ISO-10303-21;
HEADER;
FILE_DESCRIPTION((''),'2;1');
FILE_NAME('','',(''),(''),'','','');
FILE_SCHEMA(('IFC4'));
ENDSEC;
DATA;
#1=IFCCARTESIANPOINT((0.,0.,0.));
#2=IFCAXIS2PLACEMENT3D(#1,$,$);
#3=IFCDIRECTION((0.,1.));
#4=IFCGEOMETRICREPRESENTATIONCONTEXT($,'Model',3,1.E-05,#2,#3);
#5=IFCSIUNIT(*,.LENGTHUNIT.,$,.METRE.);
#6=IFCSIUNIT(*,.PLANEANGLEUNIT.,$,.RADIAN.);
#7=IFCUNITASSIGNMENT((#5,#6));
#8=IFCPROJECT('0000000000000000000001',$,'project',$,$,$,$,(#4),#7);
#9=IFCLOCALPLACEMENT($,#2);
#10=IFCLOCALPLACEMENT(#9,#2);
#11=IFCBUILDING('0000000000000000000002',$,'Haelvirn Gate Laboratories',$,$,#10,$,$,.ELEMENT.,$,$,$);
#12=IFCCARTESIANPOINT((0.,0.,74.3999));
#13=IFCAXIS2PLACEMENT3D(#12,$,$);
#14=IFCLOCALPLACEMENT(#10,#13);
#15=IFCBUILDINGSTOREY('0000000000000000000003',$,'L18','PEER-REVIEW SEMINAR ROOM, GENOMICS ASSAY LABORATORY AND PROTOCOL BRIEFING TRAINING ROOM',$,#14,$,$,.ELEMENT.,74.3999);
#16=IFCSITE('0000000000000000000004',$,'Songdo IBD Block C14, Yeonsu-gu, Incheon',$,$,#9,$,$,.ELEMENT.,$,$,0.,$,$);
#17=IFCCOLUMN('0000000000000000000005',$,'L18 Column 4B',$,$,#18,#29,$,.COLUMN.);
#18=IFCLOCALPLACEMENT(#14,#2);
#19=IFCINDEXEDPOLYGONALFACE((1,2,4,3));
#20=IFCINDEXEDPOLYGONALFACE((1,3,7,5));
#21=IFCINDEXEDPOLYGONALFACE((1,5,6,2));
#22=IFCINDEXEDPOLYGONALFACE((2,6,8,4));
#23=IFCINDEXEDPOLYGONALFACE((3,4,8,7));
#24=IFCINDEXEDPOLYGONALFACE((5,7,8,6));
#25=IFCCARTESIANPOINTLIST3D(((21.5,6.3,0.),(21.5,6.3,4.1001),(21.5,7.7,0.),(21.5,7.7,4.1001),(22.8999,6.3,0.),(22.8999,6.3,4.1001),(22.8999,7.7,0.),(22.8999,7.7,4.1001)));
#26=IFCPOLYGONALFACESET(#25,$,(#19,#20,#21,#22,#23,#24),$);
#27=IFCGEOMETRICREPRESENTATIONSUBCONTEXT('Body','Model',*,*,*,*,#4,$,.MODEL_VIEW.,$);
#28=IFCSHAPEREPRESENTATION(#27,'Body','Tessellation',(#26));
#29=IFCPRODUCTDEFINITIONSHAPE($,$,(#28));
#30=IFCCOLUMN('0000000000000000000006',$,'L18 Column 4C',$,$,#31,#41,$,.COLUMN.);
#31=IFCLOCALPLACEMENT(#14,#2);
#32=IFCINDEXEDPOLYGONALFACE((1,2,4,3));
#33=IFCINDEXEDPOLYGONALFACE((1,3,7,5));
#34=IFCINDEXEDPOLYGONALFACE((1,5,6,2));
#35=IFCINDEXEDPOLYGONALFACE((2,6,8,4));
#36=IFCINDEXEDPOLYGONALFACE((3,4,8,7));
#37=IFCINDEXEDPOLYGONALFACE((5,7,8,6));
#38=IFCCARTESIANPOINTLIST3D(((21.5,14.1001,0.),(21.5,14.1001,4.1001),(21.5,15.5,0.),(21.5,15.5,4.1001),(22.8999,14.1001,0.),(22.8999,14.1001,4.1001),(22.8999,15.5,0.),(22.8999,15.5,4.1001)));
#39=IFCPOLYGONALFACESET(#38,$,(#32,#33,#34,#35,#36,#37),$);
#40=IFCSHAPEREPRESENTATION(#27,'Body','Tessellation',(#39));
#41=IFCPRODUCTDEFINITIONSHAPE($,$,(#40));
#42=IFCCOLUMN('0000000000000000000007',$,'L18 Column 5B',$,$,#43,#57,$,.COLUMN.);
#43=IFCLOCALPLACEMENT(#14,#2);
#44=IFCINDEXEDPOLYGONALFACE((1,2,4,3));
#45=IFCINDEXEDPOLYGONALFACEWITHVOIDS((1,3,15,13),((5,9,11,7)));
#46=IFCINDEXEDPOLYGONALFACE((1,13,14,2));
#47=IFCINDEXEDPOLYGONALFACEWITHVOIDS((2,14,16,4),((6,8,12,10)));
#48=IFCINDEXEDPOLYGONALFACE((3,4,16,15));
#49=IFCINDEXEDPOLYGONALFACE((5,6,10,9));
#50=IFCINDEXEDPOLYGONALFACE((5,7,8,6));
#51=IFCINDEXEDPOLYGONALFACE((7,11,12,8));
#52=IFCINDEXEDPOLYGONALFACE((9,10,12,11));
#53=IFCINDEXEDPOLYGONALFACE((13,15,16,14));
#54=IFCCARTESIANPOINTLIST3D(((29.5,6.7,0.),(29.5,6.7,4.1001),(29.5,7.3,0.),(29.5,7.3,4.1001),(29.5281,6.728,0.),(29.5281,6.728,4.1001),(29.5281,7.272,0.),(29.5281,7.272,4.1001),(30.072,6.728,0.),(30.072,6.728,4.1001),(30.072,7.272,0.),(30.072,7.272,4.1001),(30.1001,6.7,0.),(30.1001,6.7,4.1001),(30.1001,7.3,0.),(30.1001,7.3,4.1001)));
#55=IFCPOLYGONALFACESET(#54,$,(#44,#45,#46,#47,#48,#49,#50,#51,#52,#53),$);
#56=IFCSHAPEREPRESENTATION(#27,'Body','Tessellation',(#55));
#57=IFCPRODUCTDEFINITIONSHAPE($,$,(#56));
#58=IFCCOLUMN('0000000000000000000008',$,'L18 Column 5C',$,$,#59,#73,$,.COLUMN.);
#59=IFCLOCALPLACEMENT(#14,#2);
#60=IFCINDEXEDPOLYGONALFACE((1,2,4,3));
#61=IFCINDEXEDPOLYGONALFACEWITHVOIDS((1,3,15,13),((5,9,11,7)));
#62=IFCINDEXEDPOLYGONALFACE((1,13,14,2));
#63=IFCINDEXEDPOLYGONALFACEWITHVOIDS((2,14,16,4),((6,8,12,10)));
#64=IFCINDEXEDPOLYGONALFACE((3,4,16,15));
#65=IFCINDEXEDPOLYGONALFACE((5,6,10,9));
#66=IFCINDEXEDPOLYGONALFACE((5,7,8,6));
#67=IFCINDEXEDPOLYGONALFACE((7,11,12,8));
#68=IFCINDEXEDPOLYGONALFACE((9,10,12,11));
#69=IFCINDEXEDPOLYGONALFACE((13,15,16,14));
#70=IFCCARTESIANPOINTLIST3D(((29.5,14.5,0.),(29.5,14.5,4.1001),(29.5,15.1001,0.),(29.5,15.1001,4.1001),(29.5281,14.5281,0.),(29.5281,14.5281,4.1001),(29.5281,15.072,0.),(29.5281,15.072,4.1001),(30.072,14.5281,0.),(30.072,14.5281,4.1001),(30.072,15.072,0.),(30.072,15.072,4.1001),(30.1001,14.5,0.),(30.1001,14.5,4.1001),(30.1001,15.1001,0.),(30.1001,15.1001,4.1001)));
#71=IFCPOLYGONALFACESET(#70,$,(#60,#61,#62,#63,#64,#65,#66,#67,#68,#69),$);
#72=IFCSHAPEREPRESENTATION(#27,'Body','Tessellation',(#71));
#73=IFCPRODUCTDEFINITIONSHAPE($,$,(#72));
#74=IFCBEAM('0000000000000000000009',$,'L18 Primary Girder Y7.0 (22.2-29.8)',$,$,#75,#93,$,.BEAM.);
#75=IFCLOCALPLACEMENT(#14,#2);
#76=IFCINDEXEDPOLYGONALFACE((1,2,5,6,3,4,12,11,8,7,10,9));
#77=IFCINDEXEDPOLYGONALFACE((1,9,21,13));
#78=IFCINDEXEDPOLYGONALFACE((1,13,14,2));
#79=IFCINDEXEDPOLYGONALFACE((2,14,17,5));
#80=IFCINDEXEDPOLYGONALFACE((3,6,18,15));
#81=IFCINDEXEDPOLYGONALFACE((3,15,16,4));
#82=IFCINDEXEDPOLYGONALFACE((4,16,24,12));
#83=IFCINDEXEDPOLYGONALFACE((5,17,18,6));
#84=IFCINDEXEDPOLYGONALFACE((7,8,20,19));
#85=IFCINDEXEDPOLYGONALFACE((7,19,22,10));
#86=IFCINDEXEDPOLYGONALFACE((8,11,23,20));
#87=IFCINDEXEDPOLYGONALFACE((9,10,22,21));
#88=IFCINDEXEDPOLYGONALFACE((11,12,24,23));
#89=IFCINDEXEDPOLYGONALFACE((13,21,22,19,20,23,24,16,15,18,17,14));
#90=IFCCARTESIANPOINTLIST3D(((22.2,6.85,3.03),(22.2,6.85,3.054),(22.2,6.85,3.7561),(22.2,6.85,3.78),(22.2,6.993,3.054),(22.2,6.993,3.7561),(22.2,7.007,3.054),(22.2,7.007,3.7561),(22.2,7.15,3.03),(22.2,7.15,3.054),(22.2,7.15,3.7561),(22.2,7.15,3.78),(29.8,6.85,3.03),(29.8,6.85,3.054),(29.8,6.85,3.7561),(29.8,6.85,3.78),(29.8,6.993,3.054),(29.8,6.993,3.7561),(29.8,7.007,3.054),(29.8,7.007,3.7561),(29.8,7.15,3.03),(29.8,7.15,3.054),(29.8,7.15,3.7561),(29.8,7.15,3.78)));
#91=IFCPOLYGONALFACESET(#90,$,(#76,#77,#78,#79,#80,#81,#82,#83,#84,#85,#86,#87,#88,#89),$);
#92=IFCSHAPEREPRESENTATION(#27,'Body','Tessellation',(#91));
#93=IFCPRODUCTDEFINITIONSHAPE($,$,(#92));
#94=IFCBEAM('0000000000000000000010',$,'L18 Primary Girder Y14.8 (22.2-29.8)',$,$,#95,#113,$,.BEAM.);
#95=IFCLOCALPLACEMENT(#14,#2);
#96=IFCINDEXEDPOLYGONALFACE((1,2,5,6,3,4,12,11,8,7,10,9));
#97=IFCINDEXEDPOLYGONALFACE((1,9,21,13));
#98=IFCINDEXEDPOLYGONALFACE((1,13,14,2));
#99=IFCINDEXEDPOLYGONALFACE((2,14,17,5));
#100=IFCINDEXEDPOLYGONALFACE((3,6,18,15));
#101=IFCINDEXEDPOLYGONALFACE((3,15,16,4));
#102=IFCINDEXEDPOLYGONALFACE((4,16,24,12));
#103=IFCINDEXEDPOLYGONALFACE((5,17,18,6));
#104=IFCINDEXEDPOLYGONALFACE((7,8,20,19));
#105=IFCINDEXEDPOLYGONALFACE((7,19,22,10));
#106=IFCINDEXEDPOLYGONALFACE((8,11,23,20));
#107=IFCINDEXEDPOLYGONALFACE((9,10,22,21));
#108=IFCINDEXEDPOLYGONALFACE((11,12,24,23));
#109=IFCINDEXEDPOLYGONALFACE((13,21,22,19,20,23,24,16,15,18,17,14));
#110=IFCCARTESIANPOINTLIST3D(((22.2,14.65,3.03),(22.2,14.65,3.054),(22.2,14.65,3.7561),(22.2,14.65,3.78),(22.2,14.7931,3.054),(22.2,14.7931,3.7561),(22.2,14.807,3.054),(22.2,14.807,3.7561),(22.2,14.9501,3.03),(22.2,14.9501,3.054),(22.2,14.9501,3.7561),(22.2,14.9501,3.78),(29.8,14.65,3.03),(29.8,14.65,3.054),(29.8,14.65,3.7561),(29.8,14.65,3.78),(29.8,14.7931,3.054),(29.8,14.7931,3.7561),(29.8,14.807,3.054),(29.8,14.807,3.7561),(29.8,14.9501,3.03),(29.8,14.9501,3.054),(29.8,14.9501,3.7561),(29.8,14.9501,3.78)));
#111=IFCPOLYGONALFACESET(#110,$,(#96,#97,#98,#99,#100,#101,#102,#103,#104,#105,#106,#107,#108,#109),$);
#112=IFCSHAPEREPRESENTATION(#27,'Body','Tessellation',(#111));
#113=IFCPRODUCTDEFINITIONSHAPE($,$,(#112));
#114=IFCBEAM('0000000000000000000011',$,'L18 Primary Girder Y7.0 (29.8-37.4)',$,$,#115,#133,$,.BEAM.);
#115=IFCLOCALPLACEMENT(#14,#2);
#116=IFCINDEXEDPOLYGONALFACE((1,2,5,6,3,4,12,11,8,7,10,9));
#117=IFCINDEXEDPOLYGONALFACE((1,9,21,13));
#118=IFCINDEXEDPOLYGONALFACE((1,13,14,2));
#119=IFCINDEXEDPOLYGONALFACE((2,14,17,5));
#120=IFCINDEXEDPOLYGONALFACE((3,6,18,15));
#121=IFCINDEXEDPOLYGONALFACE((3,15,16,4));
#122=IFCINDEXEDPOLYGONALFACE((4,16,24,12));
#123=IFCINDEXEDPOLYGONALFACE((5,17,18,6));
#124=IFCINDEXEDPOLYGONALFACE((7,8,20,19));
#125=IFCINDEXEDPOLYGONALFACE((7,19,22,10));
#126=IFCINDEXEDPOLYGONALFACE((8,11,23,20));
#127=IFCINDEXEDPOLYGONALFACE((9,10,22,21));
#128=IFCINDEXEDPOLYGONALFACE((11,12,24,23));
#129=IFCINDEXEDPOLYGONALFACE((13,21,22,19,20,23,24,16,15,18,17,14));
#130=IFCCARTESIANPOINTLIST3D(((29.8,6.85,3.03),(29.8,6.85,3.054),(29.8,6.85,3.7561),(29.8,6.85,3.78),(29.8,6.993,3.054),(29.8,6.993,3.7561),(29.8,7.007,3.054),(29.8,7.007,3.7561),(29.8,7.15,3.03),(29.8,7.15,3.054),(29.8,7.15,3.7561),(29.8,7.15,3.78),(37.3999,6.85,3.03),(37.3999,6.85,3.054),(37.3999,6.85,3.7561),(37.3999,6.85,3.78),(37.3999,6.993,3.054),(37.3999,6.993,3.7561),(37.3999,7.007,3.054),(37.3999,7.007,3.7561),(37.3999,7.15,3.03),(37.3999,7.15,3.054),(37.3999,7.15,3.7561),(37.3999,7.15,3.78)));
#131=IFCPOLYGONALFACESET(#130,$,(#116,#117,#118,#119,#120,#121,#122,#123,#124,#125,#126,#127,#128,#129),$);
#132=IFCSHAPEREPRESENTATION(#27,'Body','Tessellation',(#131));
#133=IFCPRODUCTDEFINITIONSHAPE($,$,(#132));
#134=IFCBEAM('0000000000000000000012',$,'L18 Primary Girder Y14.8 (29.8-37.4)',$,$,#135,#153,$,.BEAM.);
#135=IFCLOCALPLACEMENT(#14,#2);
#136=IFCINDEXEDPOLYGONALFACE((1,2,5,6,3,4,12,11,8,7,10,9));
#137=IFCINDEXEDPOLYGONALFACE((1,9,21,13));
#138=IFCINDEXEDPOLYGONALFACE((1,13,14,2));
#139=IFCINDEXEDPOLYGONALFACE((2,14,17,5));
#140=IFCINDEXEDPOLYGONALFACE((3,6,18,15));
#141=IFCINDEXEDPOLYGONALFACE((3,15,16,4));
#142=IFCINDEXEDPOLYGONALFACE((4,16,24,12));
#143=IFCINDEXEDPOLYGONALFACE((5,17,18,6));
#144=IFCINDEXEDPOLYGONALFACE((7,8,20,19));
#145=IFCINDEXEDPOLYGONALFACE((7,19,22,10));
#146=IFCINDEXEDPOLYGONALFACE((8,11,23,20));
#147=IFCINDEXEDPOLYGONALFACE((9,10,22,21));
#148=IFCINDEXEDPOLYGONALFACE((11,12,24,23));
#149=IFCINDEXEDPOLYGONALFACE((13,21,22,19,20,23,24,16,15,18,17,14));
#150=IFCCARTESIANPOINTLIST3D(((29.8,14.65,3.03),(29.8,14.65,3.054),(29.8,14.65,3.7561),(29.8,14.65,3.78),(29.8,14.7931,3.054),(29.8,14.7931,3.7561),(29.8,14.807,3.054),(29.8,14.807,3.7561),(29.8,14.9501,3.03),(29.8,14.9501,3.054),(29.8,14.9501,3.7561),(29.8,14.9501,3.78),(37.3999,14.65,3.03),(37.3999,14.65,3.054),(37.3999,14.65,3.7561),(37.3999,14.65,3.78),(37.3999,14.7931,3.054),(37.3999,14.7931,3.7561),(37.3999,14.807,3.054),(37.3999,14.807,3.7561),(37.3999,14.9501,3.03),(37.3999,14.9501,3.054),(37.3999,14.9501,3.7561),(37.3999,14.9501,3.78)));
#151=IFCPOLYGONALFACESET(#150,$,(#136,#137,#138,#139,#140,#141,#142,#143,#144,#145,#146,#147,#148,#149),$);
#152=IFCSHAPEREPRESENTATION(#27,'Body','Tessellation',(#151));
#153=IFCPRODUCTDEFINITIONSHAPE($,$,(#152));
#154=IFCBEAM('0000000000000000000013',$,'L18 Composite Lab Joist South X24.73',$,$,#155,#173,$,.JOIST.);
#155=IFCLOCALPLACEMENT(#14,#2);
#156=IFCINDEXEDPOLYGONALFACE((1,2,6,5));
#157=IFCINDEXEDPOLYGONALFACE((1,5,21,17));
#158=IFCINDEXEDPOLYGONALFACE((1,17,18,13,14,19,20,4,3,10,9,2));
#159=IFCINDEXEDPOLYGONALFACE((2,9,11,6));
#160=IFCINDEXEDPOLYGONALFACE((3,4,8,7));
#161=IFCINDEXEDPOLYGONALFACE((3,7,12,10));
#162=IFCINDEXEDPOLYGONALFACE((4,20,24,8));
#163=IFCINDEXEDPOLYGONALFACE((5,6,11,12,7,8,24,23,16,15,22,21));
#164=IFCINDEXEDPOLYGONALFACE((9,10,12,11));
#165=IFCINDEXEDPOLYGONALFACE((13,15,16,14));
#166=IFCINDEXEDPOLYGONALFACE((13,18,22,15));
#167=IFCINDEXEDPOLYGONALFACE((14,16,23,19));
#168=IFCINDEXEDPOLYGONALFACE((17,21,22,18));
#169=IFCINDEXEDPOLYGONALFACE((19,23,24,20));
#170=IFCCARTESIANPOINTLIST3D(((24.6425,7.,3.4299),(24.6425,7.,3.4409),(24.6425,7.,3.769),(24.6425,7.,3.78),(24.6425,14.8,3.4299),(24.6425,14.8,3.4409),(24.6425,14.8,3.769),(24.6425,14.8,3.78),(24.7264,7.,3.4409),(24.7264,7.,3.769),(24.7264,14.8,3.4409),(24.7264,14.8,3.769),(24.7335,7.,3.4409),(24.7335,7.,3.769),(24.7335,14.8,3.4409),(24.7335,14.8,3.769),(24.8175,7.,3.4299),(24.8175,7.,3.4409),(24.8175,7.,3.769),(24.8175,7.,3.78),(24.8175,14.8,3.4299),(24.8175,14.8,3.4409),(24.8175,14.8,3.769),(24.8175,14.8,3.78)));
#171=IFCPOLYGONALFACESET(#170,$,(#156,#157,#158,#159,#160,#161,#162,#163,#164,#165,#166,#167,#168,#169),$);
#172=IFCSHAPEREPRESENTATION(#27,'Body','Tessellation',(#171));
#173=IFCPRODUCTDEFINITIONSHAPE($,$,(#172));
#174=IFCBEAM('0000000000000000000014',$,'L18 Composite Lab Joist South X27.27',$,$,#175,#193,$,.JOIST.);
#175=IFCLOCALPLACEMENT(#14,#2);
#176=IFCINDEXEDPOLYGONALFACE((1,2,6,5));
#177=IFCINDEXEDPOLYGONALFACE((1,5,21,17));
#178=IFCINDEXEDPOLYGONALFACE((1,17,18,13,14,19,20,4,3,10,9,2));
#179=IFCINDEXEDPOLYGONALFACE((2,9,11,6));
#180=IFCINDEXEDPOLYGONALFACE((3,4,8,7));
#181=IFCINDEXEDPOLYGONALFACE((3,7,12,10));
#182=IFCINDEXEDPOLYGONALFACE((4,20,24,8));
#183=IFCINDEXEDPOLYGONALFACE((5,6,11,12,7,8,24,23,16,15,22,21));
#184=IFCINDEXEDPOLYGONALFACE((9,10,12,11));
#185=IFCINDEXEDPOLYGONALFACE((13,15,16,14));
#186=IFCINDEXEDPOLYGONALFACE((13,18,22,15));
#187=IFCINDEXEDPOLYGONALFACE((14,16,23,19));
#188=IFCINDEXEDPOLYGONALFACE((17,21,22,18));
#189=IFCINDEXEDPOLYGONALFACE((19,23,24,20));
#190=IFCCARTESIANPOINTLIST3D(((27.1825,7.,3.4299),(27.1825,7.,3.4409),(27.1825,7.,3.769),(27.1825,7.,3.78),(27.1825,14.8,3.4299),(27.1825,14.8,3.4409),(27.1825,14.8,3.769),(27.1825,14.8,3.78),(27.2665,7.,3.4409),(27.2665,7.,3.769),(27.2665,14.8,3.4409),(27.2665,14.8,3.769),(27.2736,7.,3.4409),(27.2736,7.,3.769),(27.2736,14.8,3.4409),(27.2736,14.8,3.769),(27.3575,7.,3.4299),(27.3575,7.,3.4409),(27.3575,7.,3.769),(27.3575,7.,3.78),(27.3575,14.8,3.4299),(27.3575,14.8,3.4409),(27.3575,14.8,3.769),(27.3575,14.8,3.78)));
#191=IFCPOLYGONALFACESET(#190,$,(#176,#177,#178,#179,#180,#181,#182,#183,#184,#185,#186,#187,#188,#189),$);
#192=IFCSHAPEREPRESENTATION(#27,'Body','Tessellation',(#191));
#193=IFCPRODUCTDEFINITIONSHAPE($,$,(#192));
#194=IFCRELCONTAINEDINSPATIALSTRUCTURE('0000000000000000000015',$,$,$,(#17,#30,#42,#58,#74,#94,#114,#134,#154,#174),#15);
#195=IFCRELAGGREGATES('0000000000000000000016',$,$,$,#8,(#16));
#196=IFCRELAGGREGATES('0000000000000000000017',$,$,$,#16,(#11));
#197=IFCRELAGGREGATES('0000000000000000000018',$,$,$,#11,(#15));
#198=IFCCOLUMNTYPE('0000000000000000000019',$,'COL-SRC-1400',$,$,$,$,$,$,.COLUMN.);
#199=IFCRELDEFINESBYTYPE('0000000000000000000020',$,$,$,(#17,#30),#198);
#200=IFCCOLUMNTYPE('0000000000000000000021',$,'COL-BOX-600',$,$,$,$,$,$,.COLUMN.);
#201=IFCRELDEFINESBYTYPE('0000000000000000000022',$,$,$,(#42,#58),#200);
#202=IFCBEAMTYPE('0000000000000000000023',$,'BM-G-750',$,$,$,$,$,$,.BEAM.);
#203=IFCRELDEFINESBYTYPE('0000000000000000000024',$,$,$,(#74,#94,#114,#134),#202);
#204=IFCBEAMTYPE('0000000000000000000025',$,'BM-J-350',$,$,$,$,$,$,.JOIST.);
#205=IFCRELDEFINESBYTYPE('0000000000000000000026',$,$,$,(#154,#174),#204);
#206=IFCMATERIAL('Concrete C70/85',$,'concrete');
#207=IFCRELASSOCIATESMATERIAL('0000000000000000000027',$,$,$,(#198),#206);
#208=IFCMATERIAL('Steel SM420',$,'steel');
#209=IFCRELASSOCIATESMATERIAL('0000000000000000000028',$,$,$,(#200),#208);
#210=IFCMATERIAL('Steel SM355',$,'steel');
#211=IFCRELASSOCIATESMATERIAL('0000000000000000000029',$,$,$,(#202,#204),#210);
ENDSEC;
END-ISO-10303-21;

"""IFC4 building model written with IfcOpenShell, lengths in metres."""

from ifc_helpers import new_model, si_unit, direction, frame, origin, origin_2d, place, context, subcontext, project, spatial, rectangle, hollow_rectangle, i_section, extrude, source, transform, mapped, material, material_profile, profile_set, type_object, type_shapes, element, save


model = new_model("IFC4")

# Units and contexts
model_context = context("Model", 3, precision=1e-05, world=origin(), true_north=direction((0.0, 1.0)))
body_context = subcontext(model_context, "Body", "Model", "MODEL_VIEW")
ifc_project = project(units=[si_unit("LENGTHUNIT", "METRE"), si_unit("PLANEANGLEUNIT", "RADIAN")], contexts=[model_context])

# Site, building, storey
site_placement = place(None, origin())
site = spatial("IfcSite", under=ifc_project, at=site_placement, Name="Songdo IBD Block C14, Yeonsu-gu, Incheon", CompositionType="ELEMENT", RefElevation=0.0)
building_placement = place(site_placement, origin())
building = spatial("IfcBuilding", under=site, at=building_placement, Name="Haelvirn Gate Laboratories", CompositionType="ELEMENT")
storey_placement = place(building_placement, frame((0.0, 0.0, 74.3999)))
storey = spatial("IfcBuildingStorey", under=building, at=storey_placement, Name="L18", Description="PEER-REVIEW SEMINAR ROOM, GENOMICS ASSAY LABORATORY AND PROTOCOL BRIEFING TRAINING ROOM", CompositionType="ELEMENT", Elevation=74.3999)

# Columns
ifc_material_1 = material(Name="Concrete C70/85", Category="concrete")
ifc_material_profile_1 = material_profile(ifc_material_1, rectangle(XDim=1.3999, YDim=1.3999, at=origin_2d()), Name="SRC-1400x1400")
ifc_profile_set_1 = profile_set([ifc_material_profile_1], Name="Concrete C70/85")
column_type_1 = type_object("IfcColumnType", Name="COL-SRC-1400", PredefinedType="COLUMN", material=ifc_profile_set_1)
shared_shape_1 = source(origin(), body_context, "Body", "SweptSolid", [
    extrude(rectangle(XDim=1.3999, YDim=1.3999, at=origin_2d()), origin(), (0.0, 0.0, 1.0), 4.1001),
])
type_shapes(column_type_1, [shared_shape_1])
for number, where, z_axis, x_axis, name in (
    (1, (22.2, 7.0, 0.0), (0.0, 0.0, 1.0), (1.0, 0.0, 0.0), "L18 Column 4B"),
    (2, (22.2, 14.8, 0.0), (0.0, 0.0, 1.0), (1.0, 0.0, 0.0), "L18 Column 4C"),
):
    element("IfcColumn", number, at=place(storey_placement, frame(where, z_axis=z_axis, x_axis=x_axis)), inside=storey, type_object=column_type_1, Name=name, PredefinedType="COLUMN", context=body_context, shape_type="MappedRepresentation", body=[
        mapped(shared_shape_1, transform((0.0, 0.0, 0.0), scale=1.0)),
    ])
ifc_material_2 = material(Name="Steel SM420", Category="steel")
ifc_material_profile_2 = material_profile(ifc_material_2, hollow_rectangle(XDim=0.6001, YDim=0.6001, WallThickness=0.0281, at=origin_2d()), Name="BOX-600x600x28")
ifc_profile_set_2 = profile_set([ifc_material_profile_2], Name="Steel SM420")
column_type_2 = type_object("IfcColumnType", Name="COL-BOX-600", PredefinedType="COLUMN", material=ifc_profile_set_2)
shared_shape_2 = source(origin(), body_context, "Body", "SweptSolid", [
    extrude(hollow_rectangle(XDim=0.6001, YDim=0.6001, WallThickness=0.0281, at=origin_2d()), origin(), (0.0, 0.0, 1.0), 4.1001),
])
type_shapes(column_type_2, [shared_shape_2])
for number, where, z_axis, x_axis, name in (
    (3, (29.8, 7.0, 0.0), (0.0, 0.0, 1.0), (1.0, 0.0, 0.0), "L18 Column 5B"),
    (4, (29.8, 14.8, 0.0), (0.0, 0.0, 1.0), (1.0, 0.0, 0.0), "L18 Column 5C"),
):
    element("IfcColumn", number, at=place(storey_placement, frame(where, z_axis=z_axis, x_axis=x_axis)), inside=storey, type_object=column_type_2, Name=name, PredefinedType="COLUMN", context=body_context, shape_type="MappedRepresentation", body=[
        mapped(shared_shape_2, transform((0.0, 0.0, 0.0), scale=1.0)),
    ])

# Beams
ifc_material_3 = material(Name="Steel SM355", Category="steel")
ifc_material_profile_3 = material_profile(ifc_material_3, i_section(OverallWidth=0.3, OverallDepth=0.75, WebThickness=0.0139, FlangeThickness=0.0239, at=origin_2d()), Name="H-750x300x14x24")
ifc_profile_set_3 = profile_set([ifc_material_profile_3], Name="Steel SM355")
beam_type_1 = type_object("IfcBeamType", Name="BM-G-750", PredefinedType="BEAM", material=ifc_profile_set_3)
shared_shape_3 = source(origin(), body_context, "Body", "SweptSolid", [
    extrude(i_section(OverallWidth=0.3, OverallDepth=0.75, WebThickness=0.0139, FlangeThickness=0.0239, at=origin_2d()), origin(), (0.0, 0.0, 1.0), 7.6001),
])
for number, where, z_axis, x_axis, name in (
    (5, (22.2, 7.0, 3.405), (1.0, 0.0, 0.0), (0.0, 1.0, 0.0), "L18 Primary Girder Y7.0 (22.2-29.8)"),
    (6, (22.2, 14.8, 3.405), (1.0, 0.0, 0.0), (0.0, 1.0, 0.0), "L18 Primary Girder Y14.8 (22.2-29.8)"),
):
    element("IfcBeam", number, at=place(storey_placement, frame(where, z_axis=z_axis, x_axis=x_axis)), inside=storey, type_object=beam_type_1, Name=name, PredefinedType="BEAM", context=body_context, shape_type="MappedRepresentation", body=[
        mapped(shared_shape_3, transform((0.0, 0.0, 0.0), scale=1.0)),
    ])
shared_shape_4 = source(origin(), body_context, "Body", "SweptSolid", [
    extrude(i_section(OverallWidth=0.3, OverallDepth=0.75, WebThickness=0.0139, FlangeThickness=0.0239, at=origin_2d()), origin(), (0.0, 0.0, 1.0), 7.5999),
])
type_shapes(beam_type_1, [shared_shape_3, shared_shape_4])
for number, where, z_axis, x_axis, name in (
    (7, (29.8, 7.0, 3.405), (1.0, 0.0, 0.0), (0.0, 1.0, 0.0), "L18 Primary Girder Y7.0 (29.8-37.4)"),
    (8, (29.8, 14.8, 3.405), (1.0, 0.0, 0.0), (0.0, 1.0, 0.0), "L18 Primary Girder Y14.8 (29.8-37.4)"),
):
    element("IfcBeam", number, at=place(storey_placement, frame(where, z_axis=z_axis, x_axis=x_axis)), inside=storey, type_object=beam_type_1, Name=name, PredefinedType="BEAM", context=body_context, shape_type="MappedRepresentation", body=[
        mapped(shared_shape_4, transform((0.0, 0.0, 0.0), scale=1.0)),
    ])
ifc_material_profile_4 = material_profile(ifc_material_3, i_section(OverallWidth=0.175, OverallDepth=0.3501, WebThickness=0.0071, FlangeThickness=0.011, at=origin_2d()), Name="H-350x175x7x11")
ifc_profile_set_4 = profile_set([ifc_material_profile_4], Name="Steel SM355")
beam_type_2 = type_object("IfcBeamType", Name="BM-J-350", PredefinedType="JOIST", material=ifc_profile_set_4)
shared_shape_5 = source(origin(), body_context, "Body", "SweptSolid", [
    extrude(i_section(OverallWidth=0.175, OverallDepth=0.3501, WebThickness=0.0071, FlangeThickness=0.011, at=origin_2d()), origin(), (0.0, 0.0, 1.0), 7.8),
])
type_shapes(beam_type_2, [shared_shape_5])
for number, where, z_axis, x_axis, name in (
    (9, (24.73, 7.0, 3.605), (0.0, 1.0, 0.0), (-1.0, 0.0, 0.0), "L18 Composite Lab Joist South X24.73"),
    (10, (27.27, 7.0, 3.605), (0.0, 1.0, 0.0), (-1.0, 0.0, 0.0), "L18 Composite Lab Joist South X27.27"),
):
    element("IfcBeam", number, at=place(storey_placement, frame(where, z_axis=z_axis, x_axis=x_axis)), inside=storey, type_object=beam_type_2, Name=name, PredefinedType="JOIST", context=body_context, shape_type="MappedRepresentation", body=[
        mapped(shared_shape_5, transform((0.0, 0.0, 0.0), scale=1.0)),
    ])

save(model, "model.ifc")
